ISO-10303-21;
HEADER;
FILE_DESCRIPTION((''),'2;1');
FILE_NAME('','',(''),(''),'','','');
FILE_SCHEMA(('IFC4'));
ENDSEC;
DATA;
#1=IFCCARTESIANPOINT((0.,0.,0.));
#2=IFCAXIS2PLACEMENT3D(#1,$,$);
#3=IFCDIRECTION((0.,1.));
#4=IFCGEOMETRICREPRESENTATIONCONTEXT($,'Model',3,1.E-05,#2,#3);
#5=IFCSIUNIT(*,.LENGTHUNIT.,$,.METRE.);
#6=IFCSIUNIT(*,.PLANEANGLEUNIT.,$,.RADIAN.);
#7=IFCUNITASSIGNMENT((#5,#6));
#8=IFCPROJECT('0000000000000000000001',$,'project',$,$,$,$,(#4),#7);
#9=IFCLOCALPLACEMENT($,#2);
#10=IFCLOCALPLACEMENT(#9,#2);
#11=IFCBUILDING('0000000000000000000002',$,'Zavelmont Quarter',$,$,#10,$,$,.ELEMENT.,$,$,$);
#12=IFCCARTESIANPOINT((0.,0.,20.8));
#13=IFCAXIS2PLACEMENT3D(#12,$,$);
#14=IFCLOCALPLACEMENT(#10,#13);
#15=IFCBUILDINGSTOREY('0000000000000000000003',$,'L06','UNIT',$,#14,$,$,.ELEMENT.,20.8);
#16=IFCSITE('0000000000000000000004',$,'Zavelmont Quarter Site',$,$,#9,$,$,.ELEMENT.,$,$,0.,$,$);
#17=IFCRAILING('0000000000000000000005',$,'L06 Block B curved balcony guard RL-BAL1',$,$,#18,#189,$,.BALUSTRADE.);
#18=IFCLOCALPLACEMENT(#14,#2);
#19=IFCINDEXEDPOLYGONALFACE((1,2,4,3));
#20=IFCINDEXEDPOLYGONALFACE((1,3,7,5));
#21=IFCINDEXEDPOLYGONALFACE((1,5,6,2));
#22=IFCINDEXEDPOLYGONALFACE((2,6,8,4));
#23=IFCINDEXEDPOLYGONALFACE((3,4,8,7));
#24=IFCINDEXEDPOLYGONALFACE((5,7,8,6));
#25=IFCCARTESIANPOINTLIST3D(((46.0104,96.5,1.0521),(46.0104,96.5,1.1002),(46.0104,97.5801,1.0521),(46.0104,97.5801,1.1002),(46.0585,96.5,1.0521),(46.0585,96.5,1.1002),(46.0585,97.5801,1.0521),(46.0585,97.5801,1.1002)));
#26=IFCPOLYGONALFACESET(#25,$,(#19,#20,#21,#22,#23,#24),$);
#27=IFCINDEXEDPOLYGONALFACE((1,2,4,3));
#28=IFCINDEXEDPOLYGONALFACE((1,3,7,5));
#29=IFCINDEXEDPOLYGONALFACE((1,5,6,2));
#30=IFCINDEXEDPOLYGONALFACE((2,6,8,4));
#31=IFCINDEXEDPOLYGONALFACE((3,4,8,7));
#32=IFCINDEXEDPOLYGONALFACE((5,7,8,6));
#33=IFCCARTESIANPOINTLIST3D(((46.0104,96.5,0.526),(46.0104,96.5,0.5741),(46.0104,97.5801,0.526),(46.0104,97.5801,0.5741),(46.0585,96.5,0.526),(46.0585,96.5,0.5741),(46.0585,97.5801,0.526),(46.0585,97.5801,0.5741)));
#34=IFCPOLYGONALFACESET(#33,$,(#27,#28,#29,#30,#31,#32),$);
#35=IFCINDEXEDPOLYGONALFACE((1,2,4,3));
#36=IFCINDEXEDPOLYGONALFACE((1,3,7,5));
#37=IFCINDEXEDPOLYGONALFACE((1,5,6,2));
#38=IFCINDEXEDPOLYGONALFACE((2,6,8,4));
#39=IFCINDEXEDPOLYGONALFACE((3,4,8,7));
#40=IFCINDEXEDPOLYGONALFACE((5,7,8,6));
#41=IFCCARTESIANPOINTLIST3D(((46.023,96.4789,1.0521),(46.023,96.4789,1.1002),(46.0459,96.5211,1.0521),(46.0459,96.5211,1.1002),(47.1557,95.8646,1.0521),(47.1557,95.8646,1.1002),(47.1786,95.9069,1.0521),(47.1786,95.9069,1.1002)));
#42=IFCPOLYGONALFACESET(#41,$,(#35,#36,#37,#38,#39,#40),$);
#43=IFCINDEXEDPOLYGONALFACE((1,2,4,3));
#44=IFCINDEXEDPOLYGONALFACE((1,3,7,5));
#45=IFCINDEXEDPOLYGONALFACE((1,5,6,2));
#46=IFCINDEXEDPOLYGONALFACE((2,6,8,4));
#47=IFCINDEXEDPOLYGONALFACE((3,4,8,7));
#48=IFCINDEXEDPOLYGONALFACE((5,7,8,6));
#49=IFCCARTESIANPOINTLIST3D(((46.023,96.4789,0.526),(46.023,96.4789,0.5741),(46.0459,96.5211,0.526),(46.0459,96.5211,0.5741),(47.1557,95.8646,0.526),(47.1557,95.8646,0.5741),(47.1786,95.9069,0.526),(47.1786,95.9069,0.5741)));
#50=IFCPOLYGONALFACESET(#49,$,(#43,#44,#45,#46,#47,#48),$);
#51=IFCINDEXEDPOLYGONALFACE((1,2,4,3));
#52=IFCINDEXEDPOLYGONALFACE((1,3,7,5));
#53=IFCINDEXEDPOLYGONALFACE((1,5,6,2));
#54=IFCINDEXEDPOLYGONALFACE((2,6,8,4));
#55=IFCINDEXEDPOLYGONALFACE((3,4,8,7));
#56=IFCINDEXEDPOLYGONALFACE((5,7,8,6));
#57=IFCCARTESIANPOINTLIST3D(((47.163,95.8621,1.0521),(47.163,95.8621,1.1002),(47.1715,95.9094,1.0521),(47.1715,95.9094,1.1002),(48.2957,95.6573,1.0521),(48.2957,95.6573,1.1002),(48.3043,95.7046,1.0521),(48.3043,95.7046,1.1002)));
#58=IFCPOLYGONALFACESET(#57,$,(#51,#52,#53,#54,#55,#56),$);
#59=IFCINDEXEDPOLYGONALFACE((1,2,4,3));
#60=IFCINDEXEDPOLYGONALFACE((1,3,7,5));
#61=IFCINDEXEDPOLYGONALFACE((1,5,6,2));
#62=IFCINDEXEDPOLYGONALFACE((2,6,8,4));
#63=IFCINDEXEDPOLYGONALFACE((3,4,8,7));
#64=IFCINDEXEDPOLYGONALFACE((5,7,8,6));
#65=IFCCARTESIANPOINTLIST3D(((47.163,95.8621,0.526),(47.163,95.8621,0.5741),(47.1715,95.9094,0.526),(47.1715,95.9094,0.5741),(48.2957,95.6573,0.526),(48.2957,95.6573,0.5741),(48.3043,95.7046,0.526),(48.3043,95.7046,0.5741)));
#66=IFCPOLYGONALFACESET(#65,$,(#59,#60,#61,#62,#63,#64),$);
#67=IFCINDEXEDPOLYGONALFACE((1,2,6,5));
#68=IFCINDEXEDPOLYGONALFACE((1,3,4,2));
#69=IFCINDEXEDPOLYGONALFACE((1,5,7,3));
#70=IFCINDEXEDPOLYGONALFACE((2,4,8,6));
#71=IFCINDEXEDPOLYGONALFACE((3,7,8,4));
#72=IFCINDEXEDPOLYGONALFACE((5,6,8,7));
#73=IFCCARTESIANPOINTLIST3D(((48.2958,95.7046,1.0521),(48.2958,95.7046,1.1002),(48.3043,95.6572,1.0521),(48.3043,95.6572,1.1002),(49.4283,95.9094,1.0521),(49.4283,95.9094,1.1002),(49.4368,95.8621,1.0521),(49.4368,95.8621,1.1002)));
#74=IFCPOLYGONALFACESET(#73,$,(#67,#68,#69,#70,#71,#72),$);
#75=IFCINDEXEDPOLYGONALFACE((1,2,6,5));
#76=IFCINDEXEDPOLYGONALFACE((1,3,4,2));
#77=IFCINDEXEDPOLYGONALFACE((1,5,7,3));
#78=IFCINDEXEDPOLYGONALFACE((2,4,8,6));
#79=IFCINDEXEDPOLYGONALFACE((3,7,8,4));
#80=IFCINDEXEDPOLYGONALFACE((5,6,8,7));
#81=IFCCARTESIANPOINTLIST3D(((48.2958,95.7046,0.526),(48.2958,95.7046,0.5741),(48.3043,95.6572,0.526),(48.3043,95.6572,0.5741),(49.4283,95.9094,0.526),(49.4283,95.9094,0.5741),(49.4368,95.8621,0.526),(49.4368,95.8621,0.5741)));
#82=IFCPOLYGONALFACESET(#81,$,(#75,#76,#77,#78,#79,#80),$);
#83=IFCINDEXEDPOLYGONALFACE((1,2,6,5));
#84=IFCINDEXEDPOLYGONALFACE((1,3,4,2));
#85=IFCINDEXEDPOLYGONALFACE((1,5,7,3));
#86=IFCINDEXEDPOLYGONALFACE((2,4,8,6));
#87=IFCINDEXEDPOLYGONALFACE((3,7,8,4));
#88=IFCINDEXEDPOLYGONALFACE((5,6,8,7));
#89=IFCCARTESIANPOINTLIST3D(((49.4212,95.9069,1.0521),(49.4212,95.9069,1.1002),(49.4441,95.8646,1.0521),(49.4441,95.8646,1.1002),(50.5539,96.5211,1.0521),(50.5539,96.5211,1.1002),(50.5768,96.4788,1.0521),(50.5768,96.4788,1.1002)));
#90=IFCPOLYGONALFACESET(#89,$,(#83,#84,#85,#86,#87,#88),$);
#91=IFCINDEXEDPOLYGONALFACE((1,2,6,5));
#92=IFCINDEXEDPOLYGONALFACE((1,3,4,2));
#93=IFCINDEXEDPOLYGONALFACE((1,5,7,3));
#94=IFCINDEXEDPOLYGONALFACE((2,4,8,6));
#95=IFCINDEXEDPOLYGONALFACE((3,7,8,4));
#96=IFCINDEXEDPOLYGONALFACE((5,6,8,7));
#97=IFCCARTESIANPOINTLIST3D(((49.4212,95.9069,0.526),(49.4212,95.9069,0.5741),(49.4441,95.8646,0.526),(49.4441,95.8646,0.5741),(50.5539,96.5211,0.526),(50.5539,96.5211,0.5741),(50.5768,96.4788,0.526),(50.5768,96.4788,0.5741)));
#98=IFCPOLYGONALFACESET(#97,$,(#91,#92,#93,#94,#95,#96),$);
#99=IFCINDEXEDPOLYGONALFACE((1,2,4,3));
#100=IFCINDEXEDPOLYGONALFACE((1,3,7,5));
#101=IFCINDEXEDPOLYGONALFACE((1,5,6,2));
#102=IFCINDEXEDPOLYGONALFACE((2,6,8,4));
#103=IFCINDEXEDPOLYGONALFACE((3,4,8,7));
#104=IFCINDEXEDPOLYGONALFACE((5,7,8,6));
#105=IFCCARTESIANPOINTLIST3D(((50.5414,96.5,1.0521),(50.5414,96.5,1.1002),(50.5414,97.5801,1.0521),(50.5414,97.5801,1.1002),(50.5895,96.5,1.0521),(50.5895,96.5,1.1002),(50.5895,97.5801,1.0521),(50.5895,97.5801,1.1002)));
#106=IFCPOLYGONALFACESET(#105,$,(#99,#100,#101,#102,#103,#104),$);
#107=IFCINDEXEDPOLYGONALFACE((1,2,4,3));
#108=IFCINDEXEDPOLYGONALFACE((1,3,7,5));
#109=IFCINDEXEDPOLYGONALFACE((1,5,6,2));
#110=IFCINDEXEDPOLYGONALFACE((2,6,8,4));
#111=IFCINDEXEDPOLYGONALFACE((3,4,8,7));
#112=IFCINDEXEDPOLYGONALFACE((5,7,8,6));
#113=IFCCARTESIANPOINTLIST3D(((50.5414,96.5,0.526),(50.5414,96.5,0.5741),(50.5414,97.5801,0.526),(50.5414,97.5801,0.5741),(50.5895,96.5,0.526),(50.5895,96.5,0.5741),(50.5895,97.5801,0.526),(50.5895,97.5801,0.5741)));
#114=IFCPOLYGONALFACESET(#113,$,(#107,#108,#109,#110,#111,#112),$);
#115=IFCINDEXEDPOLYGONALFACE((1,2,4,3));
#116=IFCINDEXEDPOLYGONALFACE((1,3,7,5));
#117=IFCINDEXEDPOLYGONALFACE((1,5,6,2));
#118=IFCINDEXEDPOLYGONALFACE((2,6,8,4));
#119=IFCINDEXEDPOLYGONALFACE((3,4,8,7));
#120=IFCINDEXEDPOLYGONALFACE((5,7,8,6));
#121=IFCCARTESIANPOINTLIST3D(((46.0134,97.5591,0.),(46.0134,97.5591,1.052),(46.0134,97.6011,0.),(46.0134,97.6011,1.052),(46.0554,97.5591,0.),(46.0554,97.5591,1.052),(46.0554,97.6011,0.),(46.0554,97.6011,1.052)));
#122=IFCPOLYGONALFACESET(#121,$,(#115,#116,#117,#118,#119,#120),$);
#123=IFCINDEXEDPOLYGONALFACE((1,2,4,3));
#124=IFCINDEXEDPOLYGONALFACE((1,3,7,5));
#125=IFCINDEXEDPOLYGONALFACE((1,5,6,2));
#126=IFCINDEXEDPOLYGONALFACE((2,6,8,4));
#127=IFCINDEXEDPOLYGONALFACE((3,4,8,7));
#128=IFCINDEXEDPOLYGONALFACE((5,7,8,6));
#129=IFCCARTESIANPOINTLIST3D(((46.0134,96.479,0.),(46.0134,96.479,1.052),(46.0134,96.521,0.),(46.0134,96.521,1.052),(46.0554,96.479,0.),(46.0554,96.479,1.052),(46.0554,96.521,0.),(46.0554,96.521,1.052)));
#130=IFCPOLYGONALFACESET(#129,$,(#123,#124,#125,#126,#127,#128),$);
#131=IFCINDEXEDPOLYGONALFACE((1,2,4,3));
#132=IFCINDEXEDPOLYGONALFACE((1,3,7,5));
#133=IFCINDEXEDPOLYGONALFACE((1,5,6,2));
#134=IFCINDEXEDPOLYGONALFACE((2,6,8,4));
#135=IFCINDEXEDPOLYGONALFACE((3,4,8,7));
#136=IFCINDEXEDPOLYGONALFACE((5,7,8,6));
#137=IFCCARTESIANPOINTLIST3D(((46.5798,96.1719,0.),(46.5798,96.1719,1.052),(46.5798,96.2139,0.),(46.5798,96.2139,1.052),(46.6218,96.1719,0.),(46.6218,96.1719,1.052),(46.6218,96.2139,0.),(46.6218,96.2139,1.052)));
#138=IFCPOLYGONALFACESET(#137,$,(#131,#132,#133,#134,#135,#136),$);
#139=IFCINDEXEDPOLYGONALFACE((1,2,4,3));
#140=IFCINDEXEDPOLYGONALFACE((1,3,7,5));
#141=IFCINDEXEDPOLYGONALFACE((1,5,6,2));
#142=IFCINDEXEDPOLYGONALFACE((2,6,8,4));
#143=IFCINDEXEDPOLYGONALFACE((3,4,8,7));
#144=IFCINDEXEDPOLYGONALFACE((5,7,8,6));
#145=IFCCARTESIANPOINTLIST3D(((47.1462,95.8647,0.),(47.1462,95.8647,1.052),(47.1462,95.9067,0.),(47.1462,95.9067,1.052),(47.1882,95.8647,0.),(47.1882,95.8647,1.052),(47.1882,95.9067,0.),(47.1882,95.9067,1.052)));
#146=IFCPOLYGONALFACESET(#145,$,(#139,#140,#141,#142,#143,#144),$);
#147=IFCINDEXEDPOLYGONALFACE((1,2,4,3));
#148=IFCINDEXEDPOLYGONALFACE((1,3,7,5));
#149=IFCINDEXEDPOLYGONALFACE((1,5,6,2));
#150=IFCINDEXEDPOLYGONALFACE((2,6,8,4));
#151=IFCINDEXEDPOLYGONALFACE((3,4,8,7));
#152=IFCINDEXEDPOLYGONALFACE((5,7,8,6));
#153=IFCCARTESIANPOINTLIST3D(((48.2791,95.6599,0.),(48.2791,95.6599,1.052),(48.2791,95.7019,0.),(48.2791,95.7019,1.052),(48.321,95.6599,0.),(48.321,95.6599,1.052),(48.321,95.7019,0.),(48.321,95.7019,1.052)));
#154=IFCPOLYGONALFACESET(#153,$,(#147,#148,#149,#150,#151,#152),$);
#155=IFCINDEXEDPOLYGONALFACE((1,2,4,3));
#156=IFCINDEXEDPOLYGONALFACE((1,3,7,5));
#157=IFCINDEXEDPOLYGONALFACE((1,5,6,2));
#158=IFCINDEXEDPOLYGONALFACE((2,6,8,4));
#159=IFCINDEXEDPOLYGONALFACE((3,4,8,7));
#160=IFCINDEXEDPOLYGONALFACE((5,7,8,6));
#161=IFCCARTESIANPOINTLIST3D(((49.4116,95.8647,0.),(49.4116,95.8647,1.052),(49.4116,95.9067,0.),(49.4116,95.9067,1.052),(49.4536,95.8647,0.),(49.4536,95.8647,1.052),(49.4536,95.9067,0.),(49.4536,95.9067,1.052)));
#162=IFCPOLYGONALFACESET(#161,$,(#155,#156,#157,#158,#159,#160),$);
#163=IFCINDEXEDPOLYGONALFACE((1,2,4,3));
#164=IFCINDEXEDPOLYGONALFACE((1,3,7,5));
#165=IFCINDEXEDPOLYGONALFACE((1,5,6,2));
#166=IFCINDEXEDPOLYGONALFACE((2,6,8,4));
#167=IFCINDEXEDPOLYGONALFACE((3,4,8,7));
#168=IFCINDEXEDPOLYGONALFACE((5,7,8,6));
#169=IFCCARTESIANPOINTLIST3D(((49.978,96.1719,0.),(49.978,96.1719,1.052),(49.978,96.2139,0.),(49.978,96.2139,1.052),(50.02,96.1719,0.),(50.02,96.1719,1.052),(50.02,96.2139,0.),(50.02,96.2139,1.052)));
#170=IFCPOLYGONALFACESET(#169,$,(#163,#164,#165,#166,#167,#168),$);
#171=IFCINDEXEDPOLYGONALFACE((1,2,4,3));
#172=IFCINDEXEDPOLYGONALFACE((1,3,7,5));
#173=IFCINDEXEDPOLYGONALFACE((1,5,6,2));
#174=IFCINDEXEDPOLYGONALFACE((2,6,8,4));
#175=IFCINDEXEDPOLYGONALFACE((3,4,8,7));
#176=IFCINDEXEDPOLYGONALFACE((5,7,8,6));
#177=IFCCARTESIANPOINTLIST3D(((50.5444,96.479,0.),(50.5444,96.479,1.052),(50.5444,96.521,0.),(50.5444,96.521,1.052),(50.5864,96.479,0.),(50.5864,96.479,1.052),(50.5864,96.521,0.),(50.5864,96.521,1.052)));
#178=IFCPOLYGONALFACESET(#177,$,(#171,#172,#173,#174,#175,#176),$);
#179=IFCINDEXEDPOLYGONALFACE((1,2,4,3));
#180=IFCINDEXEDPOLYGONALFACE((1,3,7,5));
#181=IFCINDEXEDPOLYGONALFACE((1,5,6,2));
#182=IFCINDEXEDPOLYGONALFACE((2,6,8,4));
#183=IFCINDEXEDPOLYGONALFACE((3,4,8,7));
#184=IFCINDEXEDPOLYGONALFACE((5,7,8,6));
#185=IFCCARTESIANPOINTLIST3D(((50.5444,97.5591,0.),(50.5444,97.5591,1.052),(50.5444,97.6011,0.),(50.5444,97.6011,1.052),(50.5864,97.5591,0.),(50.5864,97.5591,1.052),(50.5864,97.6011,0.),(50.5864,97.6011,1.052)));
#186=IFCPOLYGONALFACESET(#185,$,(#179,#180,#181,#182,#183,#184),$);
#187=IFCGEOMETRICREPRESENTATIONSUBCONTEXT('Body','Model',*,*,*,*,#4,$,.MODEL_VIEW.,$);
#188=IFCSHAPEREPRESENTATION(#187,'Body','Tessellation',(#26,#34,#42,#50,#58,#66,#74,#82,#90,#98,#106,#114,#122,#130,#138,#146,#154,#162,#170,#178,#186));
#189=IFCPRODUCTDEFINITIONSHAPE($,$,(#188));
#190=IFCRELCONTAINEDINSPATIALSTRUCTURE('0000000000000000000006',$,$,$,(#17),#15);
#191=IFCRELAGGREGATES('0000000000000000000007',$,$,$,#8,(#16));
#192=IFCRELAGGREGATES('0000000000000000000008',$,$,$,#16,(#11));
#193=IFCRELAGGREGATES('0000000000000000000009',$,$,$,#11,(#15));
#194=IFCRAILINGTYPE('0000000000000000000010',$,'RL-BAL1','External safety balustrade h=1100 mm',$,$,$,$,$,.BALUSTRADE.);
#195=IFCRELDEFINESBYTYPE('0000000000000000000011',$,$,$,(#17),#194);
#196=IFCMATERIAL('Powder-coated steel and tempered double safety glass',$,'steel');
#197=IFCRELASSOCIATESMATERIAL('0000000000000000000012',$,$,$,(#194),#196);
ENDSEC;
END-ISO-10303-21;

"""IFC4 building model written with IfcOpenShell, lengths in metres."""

from ifc_helpers import new_model, si_unit, direction, frame, origin, origin_2d, place, context, subcontext, project, spatial, rectangle, extrude, material, type_object, element, save


model = new_model("IFC4")

# Units and contexts
model_context = context("Model", 3, precision=1e-05, world=origin(), true_north=direction((0.0, 1.0)))
body_context = subcontext(model_context, "Body", "Model", "MODEL_VIEW")
ifc_project = project(units=[si_unit("LENGTHUNIT", "METRE"), si_unit("PLANEANGLEUNIT", "RADIAN")], contexts=[model_context])

# Site, building, storey
site_placement = place(None, origin())
site = spatial("IfcSite", under=ifc_project, at=site_placement, Name="Zavelmont Quarter Site", CompositionType="ELEMENT", RefElevation=0.0)
building_placement = place(site_placement, origin())
building = spatial("IfcBuilding", under=site, at=building_placement, Name="Zavelmont Quarter", CompositionType="ELEMENT")
storey_placement = place(building_placement, frame((0.0, 0.0, 20.8)))
storey = spatial("IfcBuildingStorey", under=building, at=storey_placement, Name="L06", Description="UNIT", CompositionType="ELEMENT", Elevation=20.8)

# Railing
ifc_material_1 = material(Name="Powder-coated steel and tempered double safety glass", Category="steel")
railing_type = type_object("IfcRailingType", Name="RL-BAL1", Description="External safety balustrade h=1100 mm", PredefinedType="BALUSTRADE", material=ifc_material_1)
railing_1_placement = place(storey_placement, frame((46.0344, 97.5801, 0.0)))
element("IfcRailing", 1, at=railing_1_placement, inside=storey, type_object=railing_type, Name="L06 Block B curved balcony guard RL-BAL1", PredefinedType="BALUSTRADE", context=body_context, shape_type="SweptSolid", body=[
    extrude(rectangle(XDim=0.0481, YDim=0.0481, at=origin_2d()), frame((0.0, 0.0, 1.0762), z_axis=(0.0, -1.0, 0.0), x_axis=(1.0, 0.0, 0.0)), (0.0, 0.0, 1.0), 1.0801),
    extrude(rectangle(XDim=0.0481, YDim=0.0481, at=origin_2d()), frame((0.0, 0.0, 0.55), z_axis=(0.0, -1.0, 0.0), x_axis=(1.0, 0.0, 0.0)), (0.0, 0.0, 1.0), 1.0801),
    extrude(rectangle(XDim=0.0481, YDim=0.0481, at=origin_2d()), frame((0.0, -1.0801, 1.0762), z_axis=(0.87908, -0.476674, 0.0), x_axis=(0.476674, 0.87908, 0.0)), (0.0, 0.0, 1.0), 1.2886),
    extrude(rectangle(XDim=0.0481, YDim=0.0481, at=origin_2d()), frame((0.0, -1.0801, 0.55), z_axis=(0.87908, -0.476674, 0.0), x_axis=(0.476674, 0.87908, 0.0)), (0.0, 0.0, 1.0), 1.2886),
    extrude(rectangle(XDim=0.0481, YDim=0.0481, at=origin_2d()), frame((1.1328, -1.6943, 1.0762), z_axis=(0.984043, -0.177934, 0.0), x_axis=(0.177934, 0.984043, 0.0)), (0.0, 0.0, 1.0), 1.1511),
    extrude(rectangle(XDim=0.0481, YDim=0.0481, at=origin_2d()), frame((1.1328, -1.6943, 0.55), z_axis=(0.984043, -0.177934, 0.0), x_axis=(0.177934, 0.984043, 0.0)), (0.0, 0.0, 1.0), 1.1511),
    extrude(rectangle(XDim=0.0481, YDim=0.0481, at=origin_2d()), frame((2.2656, -1.8992, 1.0762), z_axis=(0.984036, 0.177971, 0.0), x_axis=(-0.177971, 0.984036, 0.0)), (0.0, 0.0, 1.0), 1.1509),
    extrude(rectangle(XDim=0.0481, YDim=0.0481, at=origin_2d()), frame((2.2656, -1.8992, 0.55), z_axis=(0.984036, 0.177971, 0.0), x_axis=(-0.177971, 0.984036, 0.0)), (0.0, 0.0, 1.0), 1.1509),
    extrude(rectangle(XDim=0.0481, YDim=0.0481, at=origin_2d()), frame((3.3982, -1.6943, 1.0762), z_axis=(0.87908, 0.476674, 0.0), x_axis=(-0.476674, 0.87908, 0.0)), (0.0, 0.0, 1.0), 1.2886),
    extrude(rectangle(XDim=0.0481, YDim=0.0481, at=origin_2d()), frame((3.3982, -1.6943, 0.55), z_axis=(0.87908, 0.476674, 0.0), x_axis=(-0.476674, 0.87908, 0.0)), (0.0, 0.0, 1.0), 1.2886),
    extrude(rectangle(XDim=0.0481, YDim=0.0481, at=origin_2d()), frame((4.531, -1.0801, 1.0762), z_axis=(0.0, 1.0, 0.0), x_axis=(-1.0, 0.0, 0.0)), (0.0, 0.0, 1.0), 1.0801),
    extrude(rectangle(XDim=0.0481, YDim=0.0481, at=origin_2d()), frame((4.531, -1.0801, 0.55), z_axis=(0.0, 1.0, 0.0), x_axis=(-1.0, 0.0, 0.0)), (0.0, 0.0, 1.0), 1.0801),
    extrude(rectangle(XDim=0.042, YDim=0.042, at=origin_2d()), origin(), (0.0, 0.0, 1.0), 1.052),
    extrude(rectangle(XDim=0.042, YDim=0.042, at=origin_2d()), frame((0.0, -1.0801, 0.0)), (0.0, 0.0, 1.0), 1.052),
    extrude(rectangle(XDim=0.042, YDim=0.042, at=origin_2d()), frame((0.5664, -1.3872, 0.0)), (0.0, 0.0, 1.0), 1.052),
    extrude(rectangle(XDim=0.042, YDim=0.042, at=origin_2d()), frame((1.1328, -1.6943, 0.0)), (0.0, 0.0, 1.0), 1.052),
    extrude(rectangle(XDim=0.042, YDim=0.042, at=origin_2d()), frame((2.2656, -1.8992, 0.0)), (0.0, 0.0, 1.0), 1.052),
    extrude(rectangle(XDim=0.042, YDim=0.042, at=origin_2d()), frame((3.3982, -1.6943, 0.0)), (0.0, 0.0, 1.0), 1.052),
    extrude(rectangle(XDim=0.042, YDim=0.042, at=origin_2d()), frame((3.9646, -1.3872, 0.0)), (0.0, 0.0, 1.0), 1.052),
    extrude(rectangle(XDim=0.042, YDim=0.042, at=origin_2d()), frame((4.531, -1.0801, 0.0)), (0.0, 0.0, 1.0), 1.052),
    extrude(rectangle(XDim=0.042, YDim=0.042, at=origin_2d()), frame((4.531, 0.0, 0.0)), (0.0, 0.0, 1.0), 1.052),
])

save(model, "model.ifc")
